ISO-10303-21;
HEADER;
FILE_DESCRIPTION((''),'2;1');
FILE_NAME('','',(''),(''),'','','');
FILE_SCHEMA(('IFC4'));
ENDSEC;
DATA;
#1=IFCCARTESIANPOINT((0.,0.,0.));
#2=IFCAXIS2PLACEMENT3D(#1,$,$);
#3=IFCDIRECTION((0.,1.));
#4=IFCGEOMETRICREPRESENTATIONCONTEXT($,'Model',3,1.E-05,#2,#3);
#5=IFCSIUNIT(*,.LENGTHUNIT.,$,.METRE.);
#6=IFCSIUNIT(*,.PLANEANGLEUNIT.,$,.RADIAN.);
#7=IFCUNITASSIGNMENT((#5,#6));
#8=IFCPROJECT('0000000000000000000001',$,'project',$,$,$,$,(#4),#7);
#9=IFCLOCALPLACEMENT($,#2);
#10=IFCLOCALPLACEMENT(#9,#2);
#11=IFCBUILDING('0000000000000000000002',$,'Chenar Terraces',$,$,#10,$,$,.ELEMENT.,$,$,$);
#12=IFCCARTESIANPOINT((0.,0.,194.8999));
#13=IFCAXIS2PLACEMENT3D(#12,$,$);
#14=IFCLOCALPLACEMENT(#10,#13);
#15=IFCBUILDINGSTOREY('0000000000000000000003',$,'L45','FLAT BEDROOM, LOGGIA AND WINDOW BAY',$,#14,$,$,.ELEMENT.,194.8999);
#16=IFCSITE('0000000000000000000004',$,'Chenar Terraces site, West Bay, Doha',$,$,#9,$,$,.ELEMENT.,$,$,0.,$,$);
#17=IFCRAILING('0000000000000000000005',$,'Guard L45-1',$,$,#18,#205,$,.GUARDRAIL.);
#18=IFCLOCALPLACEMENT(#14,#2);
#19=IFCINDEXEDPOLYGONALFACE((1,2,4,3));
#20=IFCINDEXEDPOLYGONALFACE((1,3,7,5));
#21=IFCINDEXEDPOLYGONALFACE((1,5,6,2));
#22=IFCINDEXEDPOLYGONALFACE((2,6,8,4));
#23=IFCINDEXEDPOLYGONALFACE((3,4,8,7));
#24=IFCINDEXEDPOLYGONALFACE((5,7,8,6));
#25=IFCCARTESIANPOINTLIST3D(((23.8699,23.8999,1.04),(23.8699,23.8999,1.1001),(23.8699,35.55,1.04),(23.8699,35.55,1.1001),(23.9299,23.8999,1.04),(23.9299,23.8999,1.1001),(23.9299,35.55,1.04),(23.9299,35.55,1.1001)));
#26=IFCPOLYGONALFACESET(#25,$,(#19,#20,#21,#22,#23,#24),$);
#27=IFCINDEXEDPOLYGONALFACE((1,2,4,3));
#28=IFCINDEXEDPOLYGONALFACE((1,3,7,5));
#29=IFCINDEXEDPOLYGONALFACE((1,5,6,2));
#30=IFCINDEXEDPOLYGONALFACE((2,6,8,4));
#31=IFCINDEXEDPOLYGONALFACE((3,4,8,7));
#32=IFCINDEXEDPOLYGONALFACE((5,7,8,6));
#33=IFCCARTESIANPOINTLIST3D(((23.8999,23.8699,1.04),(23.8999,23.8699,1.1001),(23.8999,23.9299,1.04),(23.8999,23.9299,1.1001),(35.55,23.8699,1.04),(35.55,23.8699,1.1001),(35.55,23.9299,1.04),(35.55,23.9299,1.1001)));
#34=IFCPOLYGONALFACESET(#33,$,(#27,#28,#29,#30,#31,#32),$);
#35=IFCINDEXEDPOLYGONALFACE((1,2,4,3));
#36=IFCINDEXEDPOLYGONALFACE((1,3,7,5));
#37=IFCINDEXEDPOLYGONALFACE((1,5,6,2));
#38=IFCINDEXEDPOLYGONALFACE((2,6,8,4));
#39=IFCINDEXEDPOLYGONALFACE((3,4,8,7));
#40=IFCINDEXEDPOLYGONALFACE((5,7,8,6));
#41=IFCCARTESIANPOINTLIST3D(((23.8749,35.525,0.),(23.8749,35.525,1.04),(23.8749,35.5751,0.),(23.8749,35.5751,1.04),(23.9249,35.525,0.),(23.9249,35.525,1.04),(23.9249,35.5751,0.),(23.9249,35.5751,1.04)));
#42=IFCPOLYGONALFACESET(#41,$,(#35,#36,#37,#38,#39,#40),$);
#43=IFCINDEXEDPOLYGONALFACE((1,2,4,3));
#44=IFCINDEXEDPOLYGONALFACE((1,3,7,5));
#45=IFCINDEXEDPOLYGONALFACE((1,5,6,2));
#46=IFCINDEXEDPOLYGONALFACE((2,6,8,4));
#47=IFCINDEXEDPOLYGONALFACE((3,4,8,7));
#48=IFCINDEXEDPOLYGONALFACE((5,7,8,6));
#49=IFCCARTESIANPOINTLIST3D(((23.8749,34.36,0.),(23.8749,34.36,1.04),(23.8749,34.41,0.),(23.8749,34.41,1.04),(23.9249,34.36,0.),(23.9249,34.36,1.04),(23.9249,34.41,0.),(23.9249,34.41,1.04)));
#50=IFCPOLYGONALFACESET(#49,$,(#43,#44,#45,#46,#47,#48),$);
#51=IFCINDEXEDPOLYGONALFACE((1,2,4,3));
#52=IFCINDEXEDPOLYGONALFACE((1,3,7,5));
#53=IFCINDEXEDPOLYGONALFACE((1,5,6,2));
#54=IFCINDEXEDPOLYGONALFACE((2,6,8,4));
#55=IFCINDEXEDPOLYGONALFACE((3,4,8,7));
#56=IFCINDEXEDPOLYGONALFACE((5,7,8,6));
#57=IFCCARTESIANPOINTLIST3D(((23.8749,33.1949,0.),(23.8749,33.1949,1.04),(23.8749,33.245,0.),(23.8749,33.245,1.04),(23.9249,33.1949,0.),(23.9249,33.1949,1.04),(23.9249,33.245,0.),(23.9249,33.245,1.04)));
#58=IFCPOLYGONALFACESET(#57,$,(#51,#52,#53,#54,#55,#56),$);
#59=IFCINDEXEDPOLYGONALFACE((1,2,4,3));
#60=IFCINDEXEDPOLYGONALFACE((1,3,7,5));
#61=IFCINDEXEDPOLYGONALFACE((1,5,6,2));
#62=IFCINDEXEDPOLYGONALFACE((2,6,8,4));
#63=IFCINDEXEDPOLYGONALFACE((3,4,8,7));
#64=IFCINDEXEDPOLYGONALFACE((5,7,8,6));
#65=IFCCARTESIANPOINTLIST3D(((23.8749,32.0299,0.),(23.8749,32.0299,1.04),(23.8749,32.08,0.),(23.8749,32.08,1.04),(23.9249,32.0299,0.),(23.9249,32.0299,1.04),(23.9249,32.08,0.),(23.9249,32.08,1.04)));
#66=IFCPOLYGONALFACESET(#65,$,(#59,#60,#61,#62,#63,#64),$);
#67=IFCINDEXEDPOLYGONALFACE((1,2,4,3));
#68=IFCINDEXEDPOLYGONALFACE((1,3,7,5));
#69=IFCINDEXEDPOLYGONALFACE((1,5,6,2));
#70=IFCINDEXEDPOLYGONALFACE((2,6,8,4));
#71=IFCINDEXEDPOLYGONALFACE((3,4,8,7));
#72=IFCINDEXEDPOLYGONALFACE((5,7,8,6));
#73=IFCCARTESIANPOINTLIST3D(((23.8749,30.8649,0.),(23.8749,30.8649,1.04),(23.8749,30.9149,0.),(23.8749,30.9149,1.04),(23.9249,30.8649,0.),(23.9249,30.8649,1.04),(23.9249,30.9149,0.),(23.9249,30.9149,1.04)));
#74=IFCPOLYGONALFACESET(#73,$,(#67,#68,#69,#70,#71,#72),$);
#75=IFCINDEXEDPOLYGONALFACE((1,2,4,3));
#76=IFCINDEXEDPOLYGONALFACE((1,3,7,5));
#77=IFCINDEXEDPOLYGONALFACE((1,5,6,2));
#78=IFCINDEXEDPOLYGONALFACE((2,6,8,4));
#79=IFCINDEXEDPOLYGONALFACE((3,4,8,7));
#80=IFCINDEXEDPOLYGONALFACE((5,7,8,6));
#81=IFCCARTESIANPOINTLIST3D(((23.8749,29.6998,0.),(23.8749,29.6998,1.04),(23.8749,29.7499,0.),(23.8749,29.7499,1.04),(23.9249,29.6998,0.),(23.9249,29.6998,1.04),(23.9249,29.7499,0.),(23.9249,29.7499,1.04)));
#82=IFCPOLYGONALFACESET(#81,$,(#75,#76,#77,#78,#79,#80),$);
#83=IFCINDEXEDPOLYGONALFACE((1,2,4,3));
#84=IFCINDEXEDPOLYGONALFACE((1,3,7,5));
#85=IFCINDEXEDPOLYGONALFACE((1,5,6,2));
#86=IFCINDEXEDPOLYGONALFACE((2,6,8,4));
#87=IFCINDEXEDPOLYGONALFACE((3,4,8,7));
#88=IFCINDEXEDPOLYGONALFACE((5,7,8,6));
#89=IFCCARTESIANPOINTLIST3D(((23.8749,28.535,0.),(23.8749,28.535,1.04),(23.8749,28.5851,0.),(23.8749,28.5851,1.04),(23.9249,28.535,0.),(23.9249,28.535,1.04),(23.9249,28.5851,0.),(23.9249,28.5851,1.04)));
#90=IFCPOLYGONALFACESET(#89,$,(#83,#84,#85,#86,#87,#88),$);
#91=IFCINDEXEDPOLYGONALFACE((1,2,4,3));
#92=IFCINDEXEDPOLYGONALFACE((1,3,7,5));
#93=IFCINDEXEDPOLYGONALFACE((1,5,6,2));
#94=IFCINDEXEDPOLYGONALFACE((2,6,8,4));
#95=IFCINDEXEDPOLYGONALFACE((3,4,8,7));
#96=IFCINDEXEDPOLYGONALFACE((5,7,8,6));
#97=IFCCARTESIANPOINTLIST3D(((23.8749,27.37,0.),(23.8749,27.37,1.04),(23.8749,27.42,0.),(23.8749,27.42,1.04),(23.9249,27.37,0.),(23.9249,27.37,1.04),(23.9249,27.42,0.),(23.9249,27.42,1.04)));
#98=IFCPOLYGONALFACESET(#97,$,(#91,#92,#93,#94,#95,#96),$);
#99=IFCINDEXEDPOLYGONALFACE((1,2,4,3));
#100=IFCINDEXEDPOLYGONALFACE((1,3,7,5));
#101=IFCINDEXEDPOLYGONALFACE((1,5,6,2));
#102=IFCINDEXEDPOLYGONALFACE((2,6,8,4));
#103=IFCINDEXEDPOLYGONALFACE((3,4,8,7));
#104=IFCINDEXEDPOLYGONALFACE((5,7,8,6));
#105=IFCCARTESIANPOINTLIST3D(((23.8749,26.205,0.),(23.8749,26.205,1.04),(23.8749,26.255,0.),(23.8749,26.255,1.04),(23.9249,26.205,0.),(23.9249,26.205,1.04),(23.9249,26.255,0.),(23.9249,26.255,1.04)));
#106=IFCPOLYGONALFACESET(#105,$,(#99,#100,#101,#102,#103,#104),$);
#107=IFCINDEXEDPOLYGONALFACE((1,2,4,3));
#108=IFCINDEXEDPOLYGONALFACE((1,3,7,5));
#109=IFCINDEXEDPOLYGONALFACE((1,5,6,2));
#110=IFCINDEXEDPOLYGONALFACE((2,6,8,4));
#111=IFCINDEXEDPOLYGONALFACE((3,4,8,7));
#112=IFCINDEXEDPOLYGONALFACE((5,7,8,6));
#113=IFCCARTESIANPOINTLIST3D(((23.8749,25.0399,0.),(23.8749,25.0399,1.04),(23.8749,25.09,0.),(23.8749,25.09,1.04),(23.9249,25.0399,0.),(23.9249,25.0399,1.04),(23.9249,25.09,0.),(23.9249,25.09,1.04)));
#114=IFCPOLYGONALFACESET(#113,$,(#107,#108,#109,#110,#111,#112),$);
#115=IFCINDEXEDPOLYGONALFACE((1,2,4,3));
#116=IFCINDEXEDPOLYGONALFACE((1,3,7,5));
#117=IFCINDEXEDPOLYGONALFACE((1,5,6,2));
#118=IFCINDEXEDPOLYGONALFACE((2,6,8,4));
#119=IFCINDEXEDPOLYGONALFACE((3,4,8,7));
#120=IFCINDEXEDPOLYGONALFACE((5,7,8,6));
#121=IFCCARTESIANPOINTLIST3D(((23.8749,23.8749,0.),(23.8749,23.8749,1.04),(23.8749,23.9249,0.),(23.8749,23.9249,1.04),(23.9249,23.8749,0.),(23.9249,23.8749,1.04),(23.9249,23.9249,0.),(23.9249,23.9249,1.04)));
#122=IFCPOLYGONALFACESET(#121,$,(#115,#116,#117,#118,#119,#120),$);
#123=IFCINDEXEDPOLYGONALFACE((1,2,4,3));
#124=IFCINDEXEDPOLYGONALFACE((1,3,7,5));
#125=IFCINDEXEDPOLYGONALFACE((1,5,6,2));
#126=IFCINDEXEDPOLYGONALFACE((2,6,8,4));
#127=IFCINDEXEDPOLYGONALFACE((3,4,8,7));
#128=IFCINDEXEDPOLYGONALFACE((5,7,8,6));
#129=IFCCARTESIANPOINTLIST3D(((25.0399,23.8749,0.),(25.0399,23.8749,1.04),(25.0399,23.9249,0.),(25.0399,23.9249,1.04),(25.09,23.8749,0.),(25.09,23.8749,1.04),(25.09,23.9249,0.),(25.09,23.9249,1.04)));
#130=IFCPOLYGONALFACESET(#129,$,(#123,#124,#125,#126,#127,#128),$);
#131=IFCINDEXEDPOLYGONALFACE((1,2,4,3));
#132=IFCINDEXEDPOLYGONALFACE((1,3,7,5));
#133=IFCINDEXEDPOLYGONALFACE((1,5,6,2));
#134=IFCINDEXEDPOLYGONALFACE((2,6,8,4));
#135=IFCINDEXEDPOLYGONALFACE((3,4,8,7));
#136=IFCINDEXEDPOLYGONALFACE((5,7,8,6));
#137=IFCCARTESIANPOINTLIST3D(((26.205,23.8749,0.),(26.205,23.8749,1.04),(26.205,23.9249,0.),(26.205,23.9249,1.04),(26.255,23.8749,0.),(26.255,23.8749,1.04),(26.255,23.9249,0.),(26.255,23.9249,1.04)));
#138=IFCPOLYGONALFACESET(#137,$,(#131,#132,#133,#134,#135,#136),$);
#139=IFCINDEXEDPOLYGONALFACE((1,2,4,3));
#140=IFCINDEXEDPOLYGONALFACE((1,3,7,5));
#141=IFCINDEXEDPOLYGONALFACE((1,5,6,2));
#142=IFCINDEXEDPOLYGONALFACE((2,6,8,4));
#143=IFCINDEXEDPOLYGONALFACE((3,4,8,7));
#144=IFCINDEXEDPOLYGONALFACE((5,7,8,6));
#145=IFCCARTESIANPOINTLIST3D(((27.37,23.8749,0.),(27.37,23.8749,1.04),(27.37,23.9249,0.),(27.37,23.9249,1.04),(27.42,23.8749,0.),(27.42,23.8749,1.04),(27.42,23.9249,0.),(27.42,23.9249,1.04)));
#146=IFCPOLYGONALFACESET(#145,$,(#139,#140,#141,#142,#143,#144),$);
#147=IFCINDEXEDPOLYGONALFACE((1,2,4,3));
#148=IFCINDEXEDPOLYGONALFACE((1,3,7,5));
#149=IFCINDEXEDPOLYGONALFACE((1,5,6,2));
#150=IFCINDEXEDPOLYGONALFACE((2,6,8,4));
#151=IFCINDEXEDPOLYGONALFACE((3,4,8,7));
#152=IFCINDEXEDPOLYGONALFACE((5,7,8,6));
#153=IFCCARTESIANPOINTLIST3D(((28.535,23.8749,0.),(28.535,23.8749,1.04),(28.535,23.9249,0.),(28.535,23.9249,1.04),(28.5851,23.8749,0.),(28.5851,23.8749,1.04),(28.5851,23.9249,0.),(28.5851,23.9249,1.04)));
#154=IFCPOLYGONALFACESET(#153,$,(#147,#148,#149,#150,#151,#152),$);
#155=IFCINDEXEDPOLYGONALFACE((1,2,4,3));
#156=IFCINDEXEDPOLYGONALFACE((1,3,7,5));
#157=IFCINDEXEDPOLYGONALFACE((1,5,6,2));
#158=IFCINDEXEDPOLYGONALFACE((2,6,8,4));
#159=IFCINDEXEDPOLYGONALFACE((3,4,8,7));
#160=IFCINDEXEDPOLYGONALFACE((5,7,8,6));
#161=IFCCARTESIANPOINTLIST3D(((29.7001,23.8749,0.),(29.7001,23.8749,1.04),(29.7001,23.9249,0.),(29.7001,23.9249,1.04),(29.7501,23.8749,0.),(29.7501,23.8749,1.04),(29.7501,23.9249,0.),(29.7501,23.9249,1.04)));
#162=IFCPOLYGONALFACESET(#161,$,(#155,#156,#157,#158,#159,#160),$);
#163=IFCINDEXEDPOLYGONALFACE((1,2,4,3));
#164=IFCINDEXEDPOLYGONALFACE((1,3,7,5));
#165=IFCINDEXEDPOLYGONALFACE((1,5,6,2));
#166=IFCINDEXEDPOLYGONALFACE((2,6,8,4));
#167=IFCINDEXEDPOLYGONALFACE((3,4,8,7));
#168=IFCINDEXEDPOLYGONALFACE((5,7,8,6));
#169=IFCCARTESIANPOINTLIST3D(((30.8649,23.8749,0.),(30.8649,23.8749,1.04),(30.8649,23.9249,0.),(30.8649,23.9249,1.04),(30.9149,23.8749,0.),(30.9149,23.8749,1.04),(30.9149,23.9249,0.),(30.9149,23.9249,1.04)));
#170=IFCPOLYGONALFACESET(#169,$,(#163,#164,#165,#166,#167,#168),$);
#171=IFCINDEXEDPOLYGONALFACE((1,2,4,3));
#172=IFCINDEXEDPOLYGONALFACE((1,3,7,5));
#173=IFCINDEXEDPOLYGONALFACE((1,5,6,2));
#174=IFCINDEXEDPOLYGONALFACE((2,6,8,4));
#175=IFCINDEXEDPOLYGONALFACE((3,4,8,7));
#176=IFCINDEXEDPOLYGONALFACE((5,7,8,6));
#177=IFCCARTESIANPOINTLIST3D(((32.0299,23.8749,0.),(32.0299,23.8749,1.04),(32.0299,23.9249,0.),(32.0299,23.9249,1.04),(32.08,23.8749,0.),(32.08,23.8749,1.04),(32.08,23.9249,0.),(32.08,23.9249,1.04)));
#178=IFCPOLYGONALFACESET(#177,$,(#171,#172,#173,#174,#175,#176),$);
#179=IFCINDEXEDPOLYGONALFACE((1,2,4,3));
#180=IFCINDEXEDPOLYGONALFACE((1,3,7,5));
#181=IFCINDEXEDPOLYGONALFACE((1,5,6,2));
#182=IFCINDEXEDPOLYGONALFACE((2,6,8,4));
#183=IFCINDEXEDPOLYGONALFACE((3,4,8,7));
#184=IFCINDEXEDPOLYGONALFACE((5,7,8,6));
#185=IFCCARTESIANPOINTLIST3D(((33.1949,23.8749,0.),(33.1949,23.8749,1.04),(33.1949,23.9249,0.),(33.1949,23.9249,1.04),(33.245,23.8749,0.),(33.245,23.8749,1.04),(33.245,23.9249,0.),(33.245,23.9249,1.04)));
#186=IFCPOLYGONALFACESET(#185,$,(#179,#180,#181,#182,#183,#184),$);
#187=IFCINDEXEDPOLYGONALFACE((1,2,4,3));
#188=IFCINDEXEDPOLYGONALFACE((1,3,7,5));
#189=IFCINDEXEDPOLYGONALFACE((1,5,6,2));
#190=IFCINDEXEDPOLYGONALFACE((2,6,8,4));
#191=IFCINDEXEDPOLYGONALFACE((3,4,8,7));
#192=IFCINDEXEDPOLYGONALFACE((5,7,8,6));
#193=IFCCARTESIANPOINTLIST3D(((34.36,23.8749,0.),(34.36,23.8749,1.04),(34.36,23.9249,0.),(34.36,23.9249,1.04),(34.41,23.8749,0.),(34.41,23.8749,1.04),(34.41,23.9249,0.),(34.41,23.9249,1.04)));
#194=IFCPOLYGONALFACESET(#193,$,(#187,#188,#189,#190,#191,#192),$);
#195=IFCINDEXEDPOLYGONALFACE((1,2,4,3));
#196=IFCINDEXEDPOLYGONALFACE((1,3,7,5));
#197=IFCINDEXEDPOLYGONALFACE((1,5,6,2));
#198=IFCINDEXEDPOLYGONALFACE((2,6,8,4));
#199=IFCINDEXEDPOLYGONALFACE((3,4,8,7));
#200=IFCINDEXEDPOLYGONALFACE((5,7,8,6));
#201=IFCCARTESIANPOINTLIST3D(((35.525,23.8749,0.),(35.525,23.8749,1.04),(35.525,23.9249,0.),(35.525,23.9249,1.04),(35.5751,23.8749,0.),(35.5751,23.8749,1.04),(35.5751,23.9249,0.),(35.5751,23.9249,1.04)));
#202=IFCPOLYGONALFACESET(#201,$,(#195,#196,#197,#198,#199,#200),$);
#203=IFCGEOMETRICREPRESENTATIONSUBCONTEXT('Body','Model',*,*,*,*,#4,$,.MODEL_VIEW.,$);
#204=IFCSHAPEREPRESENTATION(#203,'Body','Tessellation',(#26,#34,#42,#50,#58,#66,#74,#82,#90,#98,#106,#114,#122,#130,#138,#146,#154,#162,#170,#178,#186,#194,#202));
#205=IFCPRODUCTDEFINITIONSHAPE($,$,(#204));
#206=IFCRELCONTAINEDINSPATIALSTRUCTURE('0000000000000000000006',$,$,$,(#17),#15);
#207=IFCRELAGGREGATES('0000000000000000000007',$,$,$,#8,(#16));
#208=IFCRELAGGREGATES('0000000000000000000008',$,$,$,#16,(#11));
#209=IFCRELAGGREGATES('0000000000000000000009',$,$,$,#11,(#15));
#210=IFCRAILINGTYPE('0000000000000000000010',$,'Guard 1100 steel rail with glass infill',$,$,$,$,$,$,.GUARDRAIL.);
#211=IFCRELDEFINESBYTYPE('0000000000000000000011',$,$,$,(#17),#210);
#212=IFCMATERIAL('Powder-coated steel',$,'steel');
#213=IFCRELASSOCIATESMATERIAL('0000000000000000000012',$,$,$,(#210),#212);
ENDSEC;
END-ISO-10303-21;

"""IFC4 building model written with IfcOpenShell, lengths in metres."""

from ifc_helpers import new_model, si_unit, direction, frame, origin, origin_2d, place, context, subcontext, project, spatial, rectangle, extrude, material, type_object, element, save


model = new_model("IFC4")

# Units and contexts
model_context = context("Model", 3, precision=1e-05, world=origin(), true_north=direction((0.0, 1.0)))
body_context = subcontext(model_context, "Body", "Model", "MODEL_VIEW")
ifc_project = project(units=[si_unit("LENGTHUNIT", "METRE"), si_unit("PLANEANGLEUNIT", "RADIAN")], contexts=[model_context])

# Site, building, storey
site_placement = place(None, origin())
site = spatial("IfcSite", under=ifc_project, at=site_placement, Name="Chenar Terraces site, West Bay, Doha", CompositionType="ELEMENT", RefElevation=0.0)
building_placement = place(site_placement, origin())
building = spatial("IfcBuilding", under=site, at=building_placement, Name="Chenar Terraces", CompositionType="ELEMENT")
storey_placement = place(building_placement, frame((0.0, 0.0, 194.8999)))
storey = spatial("IfcBuildingStorey", under=building, at=storey_placement, Name="L45", Description="FLAT BEDROOM, LOGGIA AND WINDOW BAY", CompositionType="ELEMENT", Elevation=194.8999)

# Railing
ifc_material_1 = material(Name="Powder-coated steel", Category="steel")
railing_type = type_object("IfcRailingType", Name="Guard 1100 steel rail with glass infill", PredefinedType="GUARDRAIL", material=ifc_material_1)
railing_placement = place(storey_placement, frame((23.8999, 35.55, 0.0)))
element("IfcRailing", 1, at=railing_placement, inside=storey, type_object=railing_type, Name="Guard L45-1", PredefinedType="GUARDRAIL", context=body_context, shape_type="SweptSolid", body=[
    extrude(rectangle(XDim=0.0601, YDim=0.0601, at=origin_2d()), frame((0.0, 0.0, 1.0701), z_axis=(0.0, -1.0, 0.0), x_axis=(1.0, 0.0, 0.0)), (0.0, 0.0, 1.0), 11.6501),
    extrude(rectangle(XDim=0.0601, YDim=0.0601, at=origin_2d()), frame((0.0, -11.6501, 1.0701), z_axis=(1.0, 0.0, 0.0), x_axis=(0.0, 1.0, 0.0)), (0.0, 0.0, 1.0), 11.6501),
    extrude(rectangle(XDim=0.05, YDim=0.05, at=origin_2d()), origin(), (0.0, 0.0, 1.0), 1.04),
    extrude(rectangle(XDim=0.05, YDim=0.05, at=origin_2d()), frame((0.0, -1.165, 0.0)), (0.0, 0.0, 1.0), 1.04),
    extrude(rectangle(XDim=0.05, YDim=0.05, at=origin_2d()), frame((0.0, -2.3301, 0.0)), (0.0, 0.0, 1.0), 1.04),
    extrude(rectangle(XDim=0.05, YDim=0.05, at=origin_2d()), frame((0.0, -3.4951, 0.0)), (0.0, 0.0, 1.0), 1.04),
    extrude(rectangle(XDim=0.05, YDim=0.05, at=origin_2d()), frame((0.0, -4.6602, 0.0)), (0.0, 0.0, 1.0), 1.04),
    extrude(rectangle(XDim=0.05, YDim=0.05, at=origin_2d()), frame((0.0, -5.8252, 0.0)), (0.0, 0.0, 1.0), 1.04),
    extrude(rectangle(XDim=0.05, YDim=0.05, at=origin_2d()), frame((0.0, -6.99, 0.0)), (0.0, 0.0, 1.0), 1.04),
    extrude(rectangle(XDim=0.05, YDim=0.05, at=origin_2d()), frame((0.0, -8.155, 0.0)), (0.0, 0.0, 1.0), 1.04),
    extrude(rectangle(XDim=0.05, YDim=0.05, at=origin_2d()), frame((0.0, -9.3201, 0.0)), (0.0, 0.0, 1.0), 1.04),
    extrude(rectangle(XDim=0.05, YDim=0.05, at=origin_2d()), frame((0.0, -10.4851, 0.0)), (0.0, 0.0, 1.0), 1.04),
    extrude(rectangle(XDim=0.05, YDim=0.05, at=origin_2d()), frame((0.0, -11.6501, 0.0)), (0.0, 0.0, 1.0), 1.04),
    extrude(rectangle(XDim=0.05, YDim=0.05, at=origin_2d()), frame((1.165, -11.6501, 0.0)), (0.0, 0.0, 1.0), 1.04),
    extrude(rectangle(XDim=0.05, YDim=0.05, at=origin_2d()), frame((2.3301, -11.6501, 0.0)), (0.0, 0.0, 1.0), 1.04),
    extrude(rectangle(XDim=0.05, YDim=0.05, at=origin_2d()), frame((3.4951, -11.6501, 0.0)), (0.0, 0.0, 1.0), 1.04),
    extrude(rectangle(XDim=0.05, YDim=0.05, at=origin_2d()), frame((4.6602, -11.6501, 0.0)), (0.0, 0.0, 1.0), 1.04),
    extrude(rectangle(XDim=0.05, YDim=0.05, at=origin_2d()), frame((5.8252, -11.6501, 0.0)), (0.0, 0.0, 1.0), 1.04),
    extrude(rectangle(XDim=0.05, YDim=0.05, at=origin_2d()), frame((6.99, -11.6501, 0.0)), (0.0, 0.0, 1.0), 1.04),
    extrude(rectangle(XDim=0.05, YDim=0.05, at=origin_2d()), frame((8.155, -11.6501, 0.0)), (0.0, 0.0, 1.0), 1.04),
    extrude(rectangle(XDim=0.05, YDim=0.05, at=origin_2d()), frame((9.3201, -11.6501, 0.0)), (0.0, 0.0, 1.0), 1.04),
    extrude(rectangle(XDim=0.05, YDim=0.05, at=origin_2d()), frame((10.4851, -11.6501, 0.0)), (0.0, 0.0, 1.0), 1.04),
    extrude(rectangle(XDim=0.05, YDim=0.05, at=origin_2d()), frame((11.6501, -11.6501, 0.0)), (0.0, 0.0, 1.0), 1.04),
])

save(model, "model.ifc")
